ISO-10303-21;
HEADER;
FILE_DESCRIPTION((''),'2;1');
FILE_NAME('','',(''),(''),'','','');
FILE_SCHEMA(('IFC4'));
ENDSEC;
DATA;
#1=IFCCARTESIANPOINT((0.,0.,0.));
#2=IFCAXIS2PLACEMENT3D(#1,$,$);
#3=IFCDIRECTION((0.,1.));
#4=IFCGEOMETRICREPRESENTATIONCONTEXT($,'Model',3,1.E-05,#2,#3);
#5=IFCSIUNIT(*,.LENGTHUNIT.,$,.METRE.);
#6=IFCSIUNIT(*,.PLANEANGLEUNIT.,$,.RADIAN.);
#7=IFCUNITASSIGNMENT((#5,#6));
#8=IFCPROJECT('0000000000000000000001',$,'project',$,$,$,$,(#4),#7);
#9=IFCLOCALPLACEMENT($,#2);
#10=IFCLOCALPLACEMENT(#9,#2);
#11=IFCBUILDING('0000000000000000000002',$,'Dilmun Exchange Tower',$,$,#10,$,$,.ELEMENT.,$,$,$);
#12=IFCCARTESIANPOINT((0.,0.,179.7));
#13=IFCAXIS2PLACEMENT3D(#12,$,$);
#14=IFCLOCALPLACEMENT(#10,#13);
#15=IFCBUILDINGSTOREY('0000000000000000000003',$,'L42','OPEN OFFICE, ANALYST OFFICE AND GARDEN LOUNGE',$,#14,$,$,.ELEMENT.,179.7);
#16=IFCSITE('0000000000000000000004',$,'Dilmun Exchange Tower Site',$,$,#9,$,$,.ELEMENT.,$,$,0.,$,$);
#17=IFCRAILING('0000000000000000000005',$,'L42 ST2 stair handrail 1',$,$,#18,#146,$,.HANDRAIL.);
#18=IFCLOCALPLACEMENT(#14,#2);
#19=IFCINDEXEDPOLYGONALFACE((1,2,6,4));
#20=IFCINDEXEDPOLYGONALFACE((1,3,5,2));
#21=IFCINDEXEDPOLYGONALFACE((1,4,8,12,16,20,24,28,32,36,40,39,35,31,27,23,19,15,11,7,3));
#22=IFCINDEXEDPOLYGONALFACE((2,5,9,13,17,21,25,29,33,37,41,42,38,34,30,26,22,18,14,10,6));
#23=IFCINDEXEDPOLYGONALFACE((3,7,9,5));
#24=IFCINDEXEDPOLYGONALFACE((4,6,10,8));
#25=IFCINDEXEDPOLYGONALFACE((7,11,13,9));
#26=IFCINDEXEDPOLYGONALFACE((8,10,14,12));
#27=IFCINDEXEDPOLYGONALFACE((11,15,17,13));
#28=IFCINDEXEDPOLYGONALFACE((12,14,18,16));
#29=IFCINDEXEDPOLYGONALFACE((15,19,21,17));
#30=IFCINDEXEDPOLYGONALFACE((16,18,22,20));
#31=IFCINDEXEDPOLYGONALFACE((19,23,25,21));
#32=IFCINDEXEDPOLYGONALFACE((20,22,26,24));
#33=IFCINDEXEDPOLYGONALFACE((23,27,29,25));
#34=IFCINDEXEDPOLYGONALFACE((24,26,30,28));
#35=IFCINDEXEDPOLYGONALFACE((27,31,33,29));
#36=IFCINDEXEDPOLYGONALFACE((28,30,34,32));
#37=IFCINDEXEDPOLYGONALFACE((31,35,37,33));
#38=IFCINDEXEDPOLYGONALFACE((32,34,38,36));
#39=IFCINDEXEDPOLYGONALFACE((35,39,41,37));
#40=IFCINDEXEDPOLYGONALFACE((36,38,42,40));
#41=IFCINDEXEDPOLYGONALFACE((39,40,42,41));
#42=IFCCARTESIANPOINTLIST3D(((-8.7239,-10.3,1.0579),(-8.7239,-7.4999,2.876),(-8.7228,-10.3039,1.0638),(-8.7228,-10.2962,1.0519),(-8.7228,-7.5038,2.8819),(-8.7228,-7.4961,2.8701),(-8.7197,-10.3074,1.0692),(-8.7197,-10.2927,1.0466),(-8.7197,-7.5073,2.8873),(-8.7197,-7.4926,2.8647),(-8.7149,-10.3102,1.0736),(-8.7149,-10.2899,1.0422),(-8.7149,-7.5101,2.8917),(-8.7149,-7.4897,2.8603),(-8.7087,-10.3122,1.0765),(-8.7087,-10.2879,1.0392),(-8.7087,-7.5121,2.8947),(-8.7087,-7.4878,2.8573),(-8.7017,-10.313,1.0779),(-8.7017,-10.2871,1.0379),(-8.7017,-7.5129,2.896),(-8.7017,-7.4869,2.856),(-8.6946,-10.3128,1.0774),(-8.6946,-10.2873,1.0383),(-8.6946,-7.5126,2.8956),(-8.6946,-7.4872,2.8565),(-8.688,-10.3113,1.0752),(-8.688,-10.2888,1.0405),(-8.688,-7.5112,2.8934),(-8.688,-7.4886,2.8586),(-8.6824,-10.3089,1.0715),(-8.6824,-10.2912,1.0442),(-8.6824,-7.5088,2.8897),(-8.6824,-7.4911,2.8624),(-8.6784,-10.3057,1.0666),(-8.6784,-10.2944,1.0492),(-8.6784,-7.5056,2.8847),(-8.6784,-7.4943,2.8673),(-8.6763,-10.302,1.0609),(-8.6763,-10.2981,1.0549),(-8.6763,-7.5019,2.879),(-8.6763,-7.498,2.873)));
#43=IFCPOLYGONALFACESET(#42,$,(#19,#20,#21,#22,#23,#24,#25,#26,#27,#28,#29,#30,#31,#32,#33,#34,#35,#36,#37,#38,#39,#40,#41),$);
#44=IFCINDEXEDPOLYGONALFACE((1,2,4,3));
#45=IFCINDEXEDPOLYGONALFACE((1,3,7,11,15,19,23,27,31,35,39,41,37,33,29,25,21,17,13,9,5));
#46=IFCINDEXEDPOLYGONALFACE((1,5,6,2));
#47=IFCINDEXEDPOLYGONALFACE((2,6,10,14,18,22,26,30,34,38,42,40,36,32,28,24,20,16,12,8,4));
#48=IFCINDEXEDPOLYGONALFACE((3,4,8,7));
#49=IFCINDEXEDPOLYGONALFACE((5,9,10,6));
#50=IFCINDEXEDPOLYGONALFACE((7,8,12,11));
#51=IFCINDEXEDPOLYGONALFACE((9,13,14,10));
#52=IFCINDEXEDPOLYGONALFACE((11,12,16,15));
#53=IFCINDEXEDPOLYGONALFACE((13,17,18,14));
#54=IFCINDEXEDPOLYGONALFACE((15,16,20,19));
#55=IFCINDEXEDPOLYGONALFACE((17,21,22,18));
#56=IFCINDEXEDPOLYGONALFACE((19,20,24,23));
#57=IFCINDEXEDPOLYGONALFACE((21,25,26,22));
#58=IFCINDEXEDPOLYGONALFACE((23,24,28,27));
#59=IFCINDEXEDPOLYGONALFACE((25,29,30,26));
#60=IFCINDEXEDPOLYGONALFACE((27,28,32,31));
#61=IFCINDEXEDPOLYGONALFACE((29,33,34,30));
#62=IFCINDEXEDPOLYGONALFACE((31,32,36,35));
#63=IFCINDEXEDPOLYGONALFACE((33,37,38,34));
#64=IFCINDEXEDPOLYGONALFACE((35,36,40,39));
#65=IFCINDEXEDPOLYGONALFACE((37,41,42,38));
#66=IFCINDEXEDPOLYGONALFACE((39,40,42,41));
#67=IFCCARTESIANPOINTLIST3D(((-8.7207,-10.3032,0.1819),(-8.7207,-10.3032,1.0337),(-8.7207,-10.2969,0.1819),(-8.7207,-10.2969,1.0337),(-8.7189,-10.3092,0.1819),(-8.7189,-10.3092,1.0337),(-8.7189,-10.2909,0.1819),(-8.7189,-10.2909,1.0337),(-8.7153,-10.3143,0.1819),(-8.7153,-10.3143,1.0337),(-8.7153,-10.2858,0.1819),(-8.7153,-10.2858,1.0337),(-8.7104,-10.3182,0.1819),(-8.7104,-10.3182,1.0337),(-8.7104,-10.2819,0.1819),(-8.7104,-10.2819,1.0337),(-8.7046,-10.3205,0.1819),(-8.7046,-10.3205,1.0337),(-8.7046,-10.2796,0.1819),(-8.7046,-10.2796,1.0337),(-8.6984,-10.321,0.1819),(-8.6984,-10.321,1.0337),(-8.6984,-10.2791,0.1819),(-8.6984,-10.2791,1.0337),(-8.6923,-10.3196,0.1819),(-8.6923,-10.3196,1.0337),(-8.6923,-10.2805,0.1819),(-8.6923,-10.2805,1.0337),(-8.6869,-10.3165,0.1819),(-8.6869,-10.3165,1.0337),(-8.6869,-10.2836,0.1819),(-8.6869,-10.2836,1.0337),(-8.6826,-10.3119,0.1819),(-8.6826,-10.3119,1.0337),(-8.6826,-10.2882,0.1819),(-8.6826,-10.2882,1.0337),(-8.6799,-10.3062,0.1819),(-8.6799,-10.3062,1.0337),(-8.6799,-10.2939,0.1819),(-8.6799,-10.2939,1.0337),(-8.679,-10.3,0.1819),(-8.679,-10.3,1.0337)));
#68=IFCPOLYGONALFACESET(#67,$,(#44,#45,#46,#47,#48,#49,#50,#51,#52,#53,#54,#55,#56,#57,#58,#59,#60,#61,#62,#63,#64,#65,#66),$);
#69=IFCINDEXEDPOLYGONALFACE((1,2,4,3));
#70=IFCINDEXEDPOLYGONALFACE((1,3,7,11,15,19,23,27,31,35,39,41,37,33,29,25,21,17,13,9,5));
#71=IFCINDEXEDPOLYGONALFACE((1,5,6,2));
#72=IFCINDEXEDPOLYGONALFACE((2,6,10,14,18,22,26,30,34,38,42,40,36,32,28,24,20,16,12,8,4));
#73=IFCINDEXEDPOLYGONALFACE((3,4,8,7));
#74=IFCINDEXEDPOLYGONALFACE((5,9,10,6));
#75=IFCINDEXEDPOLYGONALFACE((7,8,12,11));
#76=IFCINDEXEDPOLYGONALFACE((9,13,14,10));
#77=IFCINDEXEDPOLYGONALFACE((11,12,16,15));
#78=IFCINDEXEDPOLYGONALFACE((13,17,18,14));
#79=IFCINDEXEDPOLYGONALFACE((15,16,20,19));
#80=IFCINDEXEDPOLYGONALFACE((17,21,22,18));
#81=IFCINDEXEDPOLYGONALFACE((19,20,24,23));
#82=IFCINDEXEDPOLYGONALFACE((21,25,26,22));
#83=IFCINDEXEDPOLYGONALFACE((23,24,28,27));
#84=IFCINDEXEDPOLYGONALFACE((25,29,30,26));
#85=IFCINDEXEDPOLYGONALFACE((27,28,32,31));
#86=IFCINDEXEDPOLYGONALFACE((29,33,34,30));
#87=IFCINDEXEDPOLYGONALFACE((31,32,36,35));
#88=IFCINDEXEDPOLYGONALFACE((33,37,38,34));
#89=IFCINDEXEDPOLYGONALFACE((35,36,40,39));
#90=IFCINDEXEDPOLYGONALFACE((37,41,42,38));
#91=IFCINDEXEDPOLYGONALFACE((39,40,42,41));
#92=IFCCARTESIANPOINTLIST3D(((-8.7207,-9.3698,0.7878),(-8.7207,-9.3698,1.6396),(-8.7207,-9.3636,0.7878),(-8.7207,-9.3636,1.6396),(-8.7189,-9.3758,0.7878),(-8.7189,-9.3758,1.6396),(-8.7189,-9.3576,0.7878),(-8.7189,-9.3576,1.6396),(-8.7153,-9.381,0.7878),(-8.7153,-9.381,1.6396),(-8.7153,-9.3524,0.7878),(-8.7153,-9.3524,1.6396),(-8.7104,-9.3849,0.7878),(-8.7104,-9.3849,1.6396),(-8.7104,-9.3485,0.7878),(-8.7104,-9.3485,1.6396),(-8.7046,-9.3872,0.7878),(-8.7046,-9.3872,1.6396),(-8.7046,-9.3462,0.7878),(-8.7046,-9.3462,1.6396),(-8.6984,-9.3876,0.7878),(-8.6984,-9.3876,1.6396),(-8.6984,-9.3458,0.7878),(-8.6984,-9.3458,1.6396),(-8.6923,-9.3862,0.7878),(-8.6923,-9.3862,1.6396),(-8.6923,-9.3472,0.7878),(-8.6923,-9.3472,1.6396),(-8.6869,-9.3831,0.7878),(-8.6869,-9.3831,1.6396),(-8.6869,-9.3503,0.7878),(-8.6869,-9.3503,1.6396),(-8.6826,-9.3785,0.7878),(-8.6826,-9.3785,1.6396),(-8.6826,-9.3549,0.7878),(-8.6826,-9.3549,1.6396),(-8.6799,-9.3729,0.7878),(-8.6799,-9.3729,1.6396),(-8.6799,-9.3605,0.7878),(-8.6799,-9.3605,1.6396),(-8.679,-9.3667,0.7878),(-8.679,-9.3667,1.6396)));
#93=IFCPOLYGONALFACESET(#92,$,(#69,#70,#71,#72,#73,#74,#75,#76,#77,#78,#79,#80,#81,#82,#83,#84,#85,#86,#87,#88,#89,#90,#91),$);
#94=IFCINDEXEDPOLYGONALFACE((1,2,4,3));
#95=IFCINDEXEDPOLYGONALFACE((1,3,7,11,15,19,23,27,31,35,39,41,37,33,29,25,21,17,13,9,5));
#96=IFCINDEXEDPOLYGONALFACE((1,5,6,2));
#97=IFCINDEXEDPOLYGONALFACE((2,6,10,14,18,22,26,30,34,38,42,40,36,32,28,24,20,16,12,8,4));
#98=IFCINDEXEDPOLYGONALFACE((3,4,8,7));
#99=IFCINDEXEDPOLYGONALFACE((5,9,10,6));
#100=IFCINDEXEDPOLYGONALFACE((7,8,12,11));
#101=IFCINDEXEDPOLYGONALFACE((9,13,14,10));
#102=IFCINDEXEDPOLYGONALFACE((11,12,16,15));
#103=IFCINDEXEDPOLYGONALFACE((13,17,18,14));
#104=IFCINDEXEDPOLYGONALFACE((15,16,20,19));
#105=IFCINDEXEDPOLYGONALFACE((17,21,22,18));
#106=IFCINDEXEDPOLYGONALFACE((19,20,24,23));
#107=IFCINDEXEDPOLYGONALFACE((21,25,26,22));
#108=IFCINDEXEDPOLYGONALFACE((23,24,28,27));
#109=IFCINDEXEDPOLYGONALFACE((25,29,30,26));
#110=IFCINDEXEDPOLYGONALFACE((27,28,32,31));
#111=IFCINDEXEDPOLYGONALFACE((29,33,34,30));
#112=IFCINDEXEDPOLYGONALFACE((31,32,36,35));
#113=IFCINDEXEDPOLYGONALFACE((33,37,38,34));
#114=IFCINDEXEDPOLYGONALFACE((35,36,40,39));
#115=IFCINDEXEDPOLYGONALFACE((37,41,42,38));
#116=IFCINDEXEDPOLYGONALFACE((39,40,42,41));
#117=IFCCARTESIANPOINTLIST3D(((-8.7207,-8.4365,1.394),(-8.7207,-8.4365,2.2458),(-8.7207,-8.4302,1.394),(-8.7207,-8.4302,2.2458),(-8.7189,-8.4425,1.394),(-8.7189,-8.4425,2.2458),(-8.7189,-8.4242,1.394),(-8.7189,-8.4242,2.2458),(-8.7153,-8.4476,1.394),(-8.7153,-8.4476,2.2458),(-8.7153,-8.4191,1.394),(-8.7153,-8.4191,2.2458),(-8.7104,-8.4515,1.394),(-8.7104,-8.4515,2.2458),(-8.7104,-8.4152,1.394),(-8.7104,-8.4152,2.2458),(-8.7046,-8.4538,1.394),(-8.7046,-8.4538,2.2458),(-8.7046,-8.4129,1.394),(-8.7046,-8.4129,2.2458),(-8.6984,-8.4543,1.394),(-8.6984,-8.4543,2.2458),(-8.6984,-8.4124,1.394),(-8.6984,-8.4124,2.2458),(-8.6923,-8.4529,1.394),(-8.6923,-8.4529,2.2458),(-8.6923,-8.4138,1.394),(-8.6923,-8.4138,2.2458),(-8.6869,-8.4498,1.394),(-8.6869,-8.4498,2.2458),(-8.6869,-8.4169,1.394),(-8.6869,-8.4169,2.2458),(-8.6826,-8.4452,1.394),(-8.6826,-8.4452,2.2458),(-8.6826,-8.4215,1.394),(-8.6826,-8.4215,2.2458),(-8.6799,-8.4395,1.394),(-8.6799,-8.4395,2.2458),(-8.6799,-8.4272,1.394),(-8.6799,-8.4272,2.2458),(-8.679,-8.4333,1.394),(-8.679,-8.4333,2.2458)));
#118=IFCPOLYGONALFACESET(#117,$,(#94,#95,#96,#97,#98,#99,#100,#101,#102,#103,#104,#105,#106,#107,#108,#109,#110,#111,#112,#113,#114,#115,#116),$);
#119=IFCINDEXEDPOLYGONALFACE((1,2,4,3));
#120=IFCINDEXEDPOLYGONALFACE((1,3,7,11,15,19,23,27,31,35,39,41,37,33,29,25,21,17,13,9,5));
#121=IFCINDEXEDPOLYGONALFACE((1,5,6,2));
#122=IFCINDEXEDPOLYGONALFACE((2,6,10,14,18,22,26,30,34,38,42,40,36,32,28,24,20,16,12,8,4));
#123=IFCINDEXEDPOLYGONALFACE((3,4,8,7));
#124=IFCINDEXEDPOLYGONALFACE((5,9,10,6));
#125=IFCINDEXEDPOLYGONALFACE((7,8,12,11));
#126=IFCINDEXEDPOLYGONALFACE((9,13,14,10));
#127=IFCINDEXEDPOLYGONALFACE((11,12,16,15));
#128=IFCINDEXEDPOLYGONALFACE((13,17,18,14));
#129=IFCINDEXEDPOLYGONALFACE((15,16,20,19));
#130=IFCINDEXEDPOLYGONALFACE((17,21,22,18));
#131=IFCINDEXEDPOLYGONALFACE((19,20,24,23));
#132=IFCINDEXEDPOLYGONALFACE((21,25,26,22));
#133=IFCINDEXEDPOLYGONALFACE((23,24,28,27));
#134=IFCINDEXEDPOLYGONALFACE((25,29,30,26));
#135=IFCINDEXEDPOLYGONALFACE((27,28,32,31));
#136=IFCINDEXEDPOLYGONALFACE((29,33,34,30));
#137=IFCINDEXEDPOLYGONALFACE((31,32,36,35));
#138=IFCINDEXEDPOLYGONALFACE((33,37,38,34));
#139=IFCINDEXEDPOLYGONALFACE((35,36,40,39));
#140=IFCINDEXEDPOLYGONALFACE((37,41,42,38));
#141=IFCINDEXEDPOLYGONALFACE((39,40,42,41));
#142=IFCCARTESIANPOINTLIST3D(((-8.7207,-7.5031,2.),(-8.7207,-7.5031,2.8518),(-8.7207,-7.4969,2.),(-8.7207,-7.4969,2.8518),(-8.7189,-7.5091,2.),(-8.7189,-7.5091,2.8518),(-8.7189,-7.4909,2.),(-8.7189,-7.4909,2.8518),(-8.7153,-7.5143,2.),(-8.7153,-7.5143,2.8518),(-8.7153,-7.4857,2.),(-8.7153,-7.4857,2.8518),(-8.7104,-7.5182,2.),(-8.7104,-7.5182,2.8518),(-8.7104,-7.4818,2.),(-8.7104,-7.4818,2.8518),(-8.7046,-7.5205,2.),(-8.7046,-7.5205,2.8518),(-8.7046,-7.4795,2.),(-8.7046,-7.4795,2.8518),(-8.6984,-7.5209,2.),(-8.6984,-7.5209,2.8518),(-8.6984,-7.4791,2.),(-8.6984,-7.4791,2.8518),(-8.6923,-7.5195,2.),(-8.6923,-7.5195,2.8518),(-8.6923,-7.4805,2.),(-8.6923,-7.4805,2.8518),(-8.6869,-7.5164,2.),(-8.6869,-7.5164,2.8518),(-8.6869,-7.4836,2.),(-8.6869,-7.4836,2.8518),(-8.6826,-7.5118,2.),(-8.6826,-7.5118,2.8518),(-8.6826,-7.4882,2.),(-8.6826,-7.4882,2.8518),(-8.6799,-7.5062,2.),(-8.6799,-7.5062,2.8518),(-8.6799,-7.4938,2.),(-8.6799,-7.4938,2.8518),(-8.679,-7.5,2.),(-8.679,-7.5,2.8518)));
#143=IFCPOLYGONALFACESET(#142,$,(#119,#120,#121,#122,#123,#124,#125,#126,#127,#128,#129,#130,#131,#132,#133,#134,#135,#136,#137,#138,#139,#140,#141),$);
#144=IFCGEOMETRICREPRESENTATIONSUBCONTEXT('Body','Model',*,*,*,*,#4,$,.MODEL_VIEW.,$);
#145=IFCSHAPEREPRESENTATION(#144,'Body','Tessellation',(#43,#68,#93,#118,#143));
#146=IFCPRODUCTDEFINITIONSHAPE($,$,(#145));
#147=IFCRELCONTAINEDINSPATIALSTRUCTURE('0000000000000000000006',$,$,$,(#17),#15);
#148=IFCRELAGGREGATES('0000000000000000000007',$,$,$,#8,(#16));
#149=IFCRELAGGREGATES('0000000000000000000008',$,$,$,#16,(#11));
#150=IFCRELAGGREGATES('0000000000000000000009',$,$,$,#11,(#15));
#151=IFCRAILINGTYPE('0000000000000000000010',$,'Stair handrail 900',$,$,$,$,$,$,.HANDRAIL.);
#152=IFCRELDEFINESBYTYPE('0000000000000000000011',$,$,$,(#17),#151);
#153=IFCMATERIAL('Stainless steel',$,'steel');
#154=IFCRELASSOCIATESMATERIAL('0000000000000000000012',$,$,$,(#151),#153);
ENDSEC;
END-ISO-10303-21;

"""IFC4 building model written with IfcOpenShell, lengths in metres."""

from ifc_helpers import new_model, si_unit, direction, frame, origin, origin_2d, place, context, subcontext, project, spatial, circle, extrude, material, type_object, element, save


model = new_model("IFC4")

# Units and contexts
model_context = context("Model", 3, precision=1e-05, world=origin(), true_north=direction((0.0, 1.0)))
body_context = subcontext(model_context, "Body", "Model", "MODEL_VIEW")
ifc_project = project(units=[si_unit("LENGTHUNIT", "METRE"), si_unit("PLANEANGLEUNIT", "RADIAN")], contexts=[model_context])

# Site, building, storey
site_placement = place(None, origin())
site = spatial("IfcSite", under=ifc_project, at=site_placement, Name="Dilmun Exchange Tower Site", CompositionType="ELEMENT", RefElevation=0.0)
building_placement = place(site_placement, origin())
building = spatial("IfcBuilding", under=site, at=building_placement, Name="Dilmun Exchange Tower", CompositionType="ELEMENT")
storey_placement = place(building_placement, frame((0.0, 0.0, 179.7)))
storey = spatial("IfcBuildingStorey", under=building, at=storey_placement, Name="L42", Description="OPEN OFFICE, ANALYST OFFICE AND GARDEN LOUNGE", CompositionType="ELEMENT", Elevation=179.7)

# Railing
ifc_material_1 = material(Name="Stainless steel", Category="steel")
railing_type = type_object("IfcRailingType", Name="Stair handrail 900", PredefinedType="HANDRAIL", material=ifc_material_1)
railing_placement = place(storey_placement, frame((-8.7, -10.3, 0.1819)))
element("IfcRailing", 1, at=railing_placement, inside=storey, type_object=railing_type, Name="L42 ST2 stair handrail 1", PredefinedType="HANDRAIL", context=body_context, shape_type="SweptSolid", body=[
    extrude(circle(Radius=0.0239, at=origin_2d()), frame((0.0, 0.0, 0.876), z_axis=(0.0, 0.838706, 0.544585), x_axis=(-1.0, 0.0, 0.0)), (0.0, 0.0, 1.0), 3.3386),
    extrude(circle(Radius=0.021, at=origin_2d()), origin(), (0.0, 0.0, 1.0), 0.8518),
    extrude(circle(Radius=0.021, at=origin_2d()), frame((0.0, 0.9333, 0.606)), (0.0, 0.0, 1.0), 0.8518),
    extrude(circle(Radius=0.021, at=origin_2d()), frame((0.0, 1.8667, 1.2122)), (0.0, 0.0, 1.0), 0.8518),
    extrude(circle(Radius=0.021, at=origin_2d()), frame((0.0, 2.8, 1.8181)), (0.0, 0.0, 1.0), 0.8518),
])

save(model, "model.ifc")
